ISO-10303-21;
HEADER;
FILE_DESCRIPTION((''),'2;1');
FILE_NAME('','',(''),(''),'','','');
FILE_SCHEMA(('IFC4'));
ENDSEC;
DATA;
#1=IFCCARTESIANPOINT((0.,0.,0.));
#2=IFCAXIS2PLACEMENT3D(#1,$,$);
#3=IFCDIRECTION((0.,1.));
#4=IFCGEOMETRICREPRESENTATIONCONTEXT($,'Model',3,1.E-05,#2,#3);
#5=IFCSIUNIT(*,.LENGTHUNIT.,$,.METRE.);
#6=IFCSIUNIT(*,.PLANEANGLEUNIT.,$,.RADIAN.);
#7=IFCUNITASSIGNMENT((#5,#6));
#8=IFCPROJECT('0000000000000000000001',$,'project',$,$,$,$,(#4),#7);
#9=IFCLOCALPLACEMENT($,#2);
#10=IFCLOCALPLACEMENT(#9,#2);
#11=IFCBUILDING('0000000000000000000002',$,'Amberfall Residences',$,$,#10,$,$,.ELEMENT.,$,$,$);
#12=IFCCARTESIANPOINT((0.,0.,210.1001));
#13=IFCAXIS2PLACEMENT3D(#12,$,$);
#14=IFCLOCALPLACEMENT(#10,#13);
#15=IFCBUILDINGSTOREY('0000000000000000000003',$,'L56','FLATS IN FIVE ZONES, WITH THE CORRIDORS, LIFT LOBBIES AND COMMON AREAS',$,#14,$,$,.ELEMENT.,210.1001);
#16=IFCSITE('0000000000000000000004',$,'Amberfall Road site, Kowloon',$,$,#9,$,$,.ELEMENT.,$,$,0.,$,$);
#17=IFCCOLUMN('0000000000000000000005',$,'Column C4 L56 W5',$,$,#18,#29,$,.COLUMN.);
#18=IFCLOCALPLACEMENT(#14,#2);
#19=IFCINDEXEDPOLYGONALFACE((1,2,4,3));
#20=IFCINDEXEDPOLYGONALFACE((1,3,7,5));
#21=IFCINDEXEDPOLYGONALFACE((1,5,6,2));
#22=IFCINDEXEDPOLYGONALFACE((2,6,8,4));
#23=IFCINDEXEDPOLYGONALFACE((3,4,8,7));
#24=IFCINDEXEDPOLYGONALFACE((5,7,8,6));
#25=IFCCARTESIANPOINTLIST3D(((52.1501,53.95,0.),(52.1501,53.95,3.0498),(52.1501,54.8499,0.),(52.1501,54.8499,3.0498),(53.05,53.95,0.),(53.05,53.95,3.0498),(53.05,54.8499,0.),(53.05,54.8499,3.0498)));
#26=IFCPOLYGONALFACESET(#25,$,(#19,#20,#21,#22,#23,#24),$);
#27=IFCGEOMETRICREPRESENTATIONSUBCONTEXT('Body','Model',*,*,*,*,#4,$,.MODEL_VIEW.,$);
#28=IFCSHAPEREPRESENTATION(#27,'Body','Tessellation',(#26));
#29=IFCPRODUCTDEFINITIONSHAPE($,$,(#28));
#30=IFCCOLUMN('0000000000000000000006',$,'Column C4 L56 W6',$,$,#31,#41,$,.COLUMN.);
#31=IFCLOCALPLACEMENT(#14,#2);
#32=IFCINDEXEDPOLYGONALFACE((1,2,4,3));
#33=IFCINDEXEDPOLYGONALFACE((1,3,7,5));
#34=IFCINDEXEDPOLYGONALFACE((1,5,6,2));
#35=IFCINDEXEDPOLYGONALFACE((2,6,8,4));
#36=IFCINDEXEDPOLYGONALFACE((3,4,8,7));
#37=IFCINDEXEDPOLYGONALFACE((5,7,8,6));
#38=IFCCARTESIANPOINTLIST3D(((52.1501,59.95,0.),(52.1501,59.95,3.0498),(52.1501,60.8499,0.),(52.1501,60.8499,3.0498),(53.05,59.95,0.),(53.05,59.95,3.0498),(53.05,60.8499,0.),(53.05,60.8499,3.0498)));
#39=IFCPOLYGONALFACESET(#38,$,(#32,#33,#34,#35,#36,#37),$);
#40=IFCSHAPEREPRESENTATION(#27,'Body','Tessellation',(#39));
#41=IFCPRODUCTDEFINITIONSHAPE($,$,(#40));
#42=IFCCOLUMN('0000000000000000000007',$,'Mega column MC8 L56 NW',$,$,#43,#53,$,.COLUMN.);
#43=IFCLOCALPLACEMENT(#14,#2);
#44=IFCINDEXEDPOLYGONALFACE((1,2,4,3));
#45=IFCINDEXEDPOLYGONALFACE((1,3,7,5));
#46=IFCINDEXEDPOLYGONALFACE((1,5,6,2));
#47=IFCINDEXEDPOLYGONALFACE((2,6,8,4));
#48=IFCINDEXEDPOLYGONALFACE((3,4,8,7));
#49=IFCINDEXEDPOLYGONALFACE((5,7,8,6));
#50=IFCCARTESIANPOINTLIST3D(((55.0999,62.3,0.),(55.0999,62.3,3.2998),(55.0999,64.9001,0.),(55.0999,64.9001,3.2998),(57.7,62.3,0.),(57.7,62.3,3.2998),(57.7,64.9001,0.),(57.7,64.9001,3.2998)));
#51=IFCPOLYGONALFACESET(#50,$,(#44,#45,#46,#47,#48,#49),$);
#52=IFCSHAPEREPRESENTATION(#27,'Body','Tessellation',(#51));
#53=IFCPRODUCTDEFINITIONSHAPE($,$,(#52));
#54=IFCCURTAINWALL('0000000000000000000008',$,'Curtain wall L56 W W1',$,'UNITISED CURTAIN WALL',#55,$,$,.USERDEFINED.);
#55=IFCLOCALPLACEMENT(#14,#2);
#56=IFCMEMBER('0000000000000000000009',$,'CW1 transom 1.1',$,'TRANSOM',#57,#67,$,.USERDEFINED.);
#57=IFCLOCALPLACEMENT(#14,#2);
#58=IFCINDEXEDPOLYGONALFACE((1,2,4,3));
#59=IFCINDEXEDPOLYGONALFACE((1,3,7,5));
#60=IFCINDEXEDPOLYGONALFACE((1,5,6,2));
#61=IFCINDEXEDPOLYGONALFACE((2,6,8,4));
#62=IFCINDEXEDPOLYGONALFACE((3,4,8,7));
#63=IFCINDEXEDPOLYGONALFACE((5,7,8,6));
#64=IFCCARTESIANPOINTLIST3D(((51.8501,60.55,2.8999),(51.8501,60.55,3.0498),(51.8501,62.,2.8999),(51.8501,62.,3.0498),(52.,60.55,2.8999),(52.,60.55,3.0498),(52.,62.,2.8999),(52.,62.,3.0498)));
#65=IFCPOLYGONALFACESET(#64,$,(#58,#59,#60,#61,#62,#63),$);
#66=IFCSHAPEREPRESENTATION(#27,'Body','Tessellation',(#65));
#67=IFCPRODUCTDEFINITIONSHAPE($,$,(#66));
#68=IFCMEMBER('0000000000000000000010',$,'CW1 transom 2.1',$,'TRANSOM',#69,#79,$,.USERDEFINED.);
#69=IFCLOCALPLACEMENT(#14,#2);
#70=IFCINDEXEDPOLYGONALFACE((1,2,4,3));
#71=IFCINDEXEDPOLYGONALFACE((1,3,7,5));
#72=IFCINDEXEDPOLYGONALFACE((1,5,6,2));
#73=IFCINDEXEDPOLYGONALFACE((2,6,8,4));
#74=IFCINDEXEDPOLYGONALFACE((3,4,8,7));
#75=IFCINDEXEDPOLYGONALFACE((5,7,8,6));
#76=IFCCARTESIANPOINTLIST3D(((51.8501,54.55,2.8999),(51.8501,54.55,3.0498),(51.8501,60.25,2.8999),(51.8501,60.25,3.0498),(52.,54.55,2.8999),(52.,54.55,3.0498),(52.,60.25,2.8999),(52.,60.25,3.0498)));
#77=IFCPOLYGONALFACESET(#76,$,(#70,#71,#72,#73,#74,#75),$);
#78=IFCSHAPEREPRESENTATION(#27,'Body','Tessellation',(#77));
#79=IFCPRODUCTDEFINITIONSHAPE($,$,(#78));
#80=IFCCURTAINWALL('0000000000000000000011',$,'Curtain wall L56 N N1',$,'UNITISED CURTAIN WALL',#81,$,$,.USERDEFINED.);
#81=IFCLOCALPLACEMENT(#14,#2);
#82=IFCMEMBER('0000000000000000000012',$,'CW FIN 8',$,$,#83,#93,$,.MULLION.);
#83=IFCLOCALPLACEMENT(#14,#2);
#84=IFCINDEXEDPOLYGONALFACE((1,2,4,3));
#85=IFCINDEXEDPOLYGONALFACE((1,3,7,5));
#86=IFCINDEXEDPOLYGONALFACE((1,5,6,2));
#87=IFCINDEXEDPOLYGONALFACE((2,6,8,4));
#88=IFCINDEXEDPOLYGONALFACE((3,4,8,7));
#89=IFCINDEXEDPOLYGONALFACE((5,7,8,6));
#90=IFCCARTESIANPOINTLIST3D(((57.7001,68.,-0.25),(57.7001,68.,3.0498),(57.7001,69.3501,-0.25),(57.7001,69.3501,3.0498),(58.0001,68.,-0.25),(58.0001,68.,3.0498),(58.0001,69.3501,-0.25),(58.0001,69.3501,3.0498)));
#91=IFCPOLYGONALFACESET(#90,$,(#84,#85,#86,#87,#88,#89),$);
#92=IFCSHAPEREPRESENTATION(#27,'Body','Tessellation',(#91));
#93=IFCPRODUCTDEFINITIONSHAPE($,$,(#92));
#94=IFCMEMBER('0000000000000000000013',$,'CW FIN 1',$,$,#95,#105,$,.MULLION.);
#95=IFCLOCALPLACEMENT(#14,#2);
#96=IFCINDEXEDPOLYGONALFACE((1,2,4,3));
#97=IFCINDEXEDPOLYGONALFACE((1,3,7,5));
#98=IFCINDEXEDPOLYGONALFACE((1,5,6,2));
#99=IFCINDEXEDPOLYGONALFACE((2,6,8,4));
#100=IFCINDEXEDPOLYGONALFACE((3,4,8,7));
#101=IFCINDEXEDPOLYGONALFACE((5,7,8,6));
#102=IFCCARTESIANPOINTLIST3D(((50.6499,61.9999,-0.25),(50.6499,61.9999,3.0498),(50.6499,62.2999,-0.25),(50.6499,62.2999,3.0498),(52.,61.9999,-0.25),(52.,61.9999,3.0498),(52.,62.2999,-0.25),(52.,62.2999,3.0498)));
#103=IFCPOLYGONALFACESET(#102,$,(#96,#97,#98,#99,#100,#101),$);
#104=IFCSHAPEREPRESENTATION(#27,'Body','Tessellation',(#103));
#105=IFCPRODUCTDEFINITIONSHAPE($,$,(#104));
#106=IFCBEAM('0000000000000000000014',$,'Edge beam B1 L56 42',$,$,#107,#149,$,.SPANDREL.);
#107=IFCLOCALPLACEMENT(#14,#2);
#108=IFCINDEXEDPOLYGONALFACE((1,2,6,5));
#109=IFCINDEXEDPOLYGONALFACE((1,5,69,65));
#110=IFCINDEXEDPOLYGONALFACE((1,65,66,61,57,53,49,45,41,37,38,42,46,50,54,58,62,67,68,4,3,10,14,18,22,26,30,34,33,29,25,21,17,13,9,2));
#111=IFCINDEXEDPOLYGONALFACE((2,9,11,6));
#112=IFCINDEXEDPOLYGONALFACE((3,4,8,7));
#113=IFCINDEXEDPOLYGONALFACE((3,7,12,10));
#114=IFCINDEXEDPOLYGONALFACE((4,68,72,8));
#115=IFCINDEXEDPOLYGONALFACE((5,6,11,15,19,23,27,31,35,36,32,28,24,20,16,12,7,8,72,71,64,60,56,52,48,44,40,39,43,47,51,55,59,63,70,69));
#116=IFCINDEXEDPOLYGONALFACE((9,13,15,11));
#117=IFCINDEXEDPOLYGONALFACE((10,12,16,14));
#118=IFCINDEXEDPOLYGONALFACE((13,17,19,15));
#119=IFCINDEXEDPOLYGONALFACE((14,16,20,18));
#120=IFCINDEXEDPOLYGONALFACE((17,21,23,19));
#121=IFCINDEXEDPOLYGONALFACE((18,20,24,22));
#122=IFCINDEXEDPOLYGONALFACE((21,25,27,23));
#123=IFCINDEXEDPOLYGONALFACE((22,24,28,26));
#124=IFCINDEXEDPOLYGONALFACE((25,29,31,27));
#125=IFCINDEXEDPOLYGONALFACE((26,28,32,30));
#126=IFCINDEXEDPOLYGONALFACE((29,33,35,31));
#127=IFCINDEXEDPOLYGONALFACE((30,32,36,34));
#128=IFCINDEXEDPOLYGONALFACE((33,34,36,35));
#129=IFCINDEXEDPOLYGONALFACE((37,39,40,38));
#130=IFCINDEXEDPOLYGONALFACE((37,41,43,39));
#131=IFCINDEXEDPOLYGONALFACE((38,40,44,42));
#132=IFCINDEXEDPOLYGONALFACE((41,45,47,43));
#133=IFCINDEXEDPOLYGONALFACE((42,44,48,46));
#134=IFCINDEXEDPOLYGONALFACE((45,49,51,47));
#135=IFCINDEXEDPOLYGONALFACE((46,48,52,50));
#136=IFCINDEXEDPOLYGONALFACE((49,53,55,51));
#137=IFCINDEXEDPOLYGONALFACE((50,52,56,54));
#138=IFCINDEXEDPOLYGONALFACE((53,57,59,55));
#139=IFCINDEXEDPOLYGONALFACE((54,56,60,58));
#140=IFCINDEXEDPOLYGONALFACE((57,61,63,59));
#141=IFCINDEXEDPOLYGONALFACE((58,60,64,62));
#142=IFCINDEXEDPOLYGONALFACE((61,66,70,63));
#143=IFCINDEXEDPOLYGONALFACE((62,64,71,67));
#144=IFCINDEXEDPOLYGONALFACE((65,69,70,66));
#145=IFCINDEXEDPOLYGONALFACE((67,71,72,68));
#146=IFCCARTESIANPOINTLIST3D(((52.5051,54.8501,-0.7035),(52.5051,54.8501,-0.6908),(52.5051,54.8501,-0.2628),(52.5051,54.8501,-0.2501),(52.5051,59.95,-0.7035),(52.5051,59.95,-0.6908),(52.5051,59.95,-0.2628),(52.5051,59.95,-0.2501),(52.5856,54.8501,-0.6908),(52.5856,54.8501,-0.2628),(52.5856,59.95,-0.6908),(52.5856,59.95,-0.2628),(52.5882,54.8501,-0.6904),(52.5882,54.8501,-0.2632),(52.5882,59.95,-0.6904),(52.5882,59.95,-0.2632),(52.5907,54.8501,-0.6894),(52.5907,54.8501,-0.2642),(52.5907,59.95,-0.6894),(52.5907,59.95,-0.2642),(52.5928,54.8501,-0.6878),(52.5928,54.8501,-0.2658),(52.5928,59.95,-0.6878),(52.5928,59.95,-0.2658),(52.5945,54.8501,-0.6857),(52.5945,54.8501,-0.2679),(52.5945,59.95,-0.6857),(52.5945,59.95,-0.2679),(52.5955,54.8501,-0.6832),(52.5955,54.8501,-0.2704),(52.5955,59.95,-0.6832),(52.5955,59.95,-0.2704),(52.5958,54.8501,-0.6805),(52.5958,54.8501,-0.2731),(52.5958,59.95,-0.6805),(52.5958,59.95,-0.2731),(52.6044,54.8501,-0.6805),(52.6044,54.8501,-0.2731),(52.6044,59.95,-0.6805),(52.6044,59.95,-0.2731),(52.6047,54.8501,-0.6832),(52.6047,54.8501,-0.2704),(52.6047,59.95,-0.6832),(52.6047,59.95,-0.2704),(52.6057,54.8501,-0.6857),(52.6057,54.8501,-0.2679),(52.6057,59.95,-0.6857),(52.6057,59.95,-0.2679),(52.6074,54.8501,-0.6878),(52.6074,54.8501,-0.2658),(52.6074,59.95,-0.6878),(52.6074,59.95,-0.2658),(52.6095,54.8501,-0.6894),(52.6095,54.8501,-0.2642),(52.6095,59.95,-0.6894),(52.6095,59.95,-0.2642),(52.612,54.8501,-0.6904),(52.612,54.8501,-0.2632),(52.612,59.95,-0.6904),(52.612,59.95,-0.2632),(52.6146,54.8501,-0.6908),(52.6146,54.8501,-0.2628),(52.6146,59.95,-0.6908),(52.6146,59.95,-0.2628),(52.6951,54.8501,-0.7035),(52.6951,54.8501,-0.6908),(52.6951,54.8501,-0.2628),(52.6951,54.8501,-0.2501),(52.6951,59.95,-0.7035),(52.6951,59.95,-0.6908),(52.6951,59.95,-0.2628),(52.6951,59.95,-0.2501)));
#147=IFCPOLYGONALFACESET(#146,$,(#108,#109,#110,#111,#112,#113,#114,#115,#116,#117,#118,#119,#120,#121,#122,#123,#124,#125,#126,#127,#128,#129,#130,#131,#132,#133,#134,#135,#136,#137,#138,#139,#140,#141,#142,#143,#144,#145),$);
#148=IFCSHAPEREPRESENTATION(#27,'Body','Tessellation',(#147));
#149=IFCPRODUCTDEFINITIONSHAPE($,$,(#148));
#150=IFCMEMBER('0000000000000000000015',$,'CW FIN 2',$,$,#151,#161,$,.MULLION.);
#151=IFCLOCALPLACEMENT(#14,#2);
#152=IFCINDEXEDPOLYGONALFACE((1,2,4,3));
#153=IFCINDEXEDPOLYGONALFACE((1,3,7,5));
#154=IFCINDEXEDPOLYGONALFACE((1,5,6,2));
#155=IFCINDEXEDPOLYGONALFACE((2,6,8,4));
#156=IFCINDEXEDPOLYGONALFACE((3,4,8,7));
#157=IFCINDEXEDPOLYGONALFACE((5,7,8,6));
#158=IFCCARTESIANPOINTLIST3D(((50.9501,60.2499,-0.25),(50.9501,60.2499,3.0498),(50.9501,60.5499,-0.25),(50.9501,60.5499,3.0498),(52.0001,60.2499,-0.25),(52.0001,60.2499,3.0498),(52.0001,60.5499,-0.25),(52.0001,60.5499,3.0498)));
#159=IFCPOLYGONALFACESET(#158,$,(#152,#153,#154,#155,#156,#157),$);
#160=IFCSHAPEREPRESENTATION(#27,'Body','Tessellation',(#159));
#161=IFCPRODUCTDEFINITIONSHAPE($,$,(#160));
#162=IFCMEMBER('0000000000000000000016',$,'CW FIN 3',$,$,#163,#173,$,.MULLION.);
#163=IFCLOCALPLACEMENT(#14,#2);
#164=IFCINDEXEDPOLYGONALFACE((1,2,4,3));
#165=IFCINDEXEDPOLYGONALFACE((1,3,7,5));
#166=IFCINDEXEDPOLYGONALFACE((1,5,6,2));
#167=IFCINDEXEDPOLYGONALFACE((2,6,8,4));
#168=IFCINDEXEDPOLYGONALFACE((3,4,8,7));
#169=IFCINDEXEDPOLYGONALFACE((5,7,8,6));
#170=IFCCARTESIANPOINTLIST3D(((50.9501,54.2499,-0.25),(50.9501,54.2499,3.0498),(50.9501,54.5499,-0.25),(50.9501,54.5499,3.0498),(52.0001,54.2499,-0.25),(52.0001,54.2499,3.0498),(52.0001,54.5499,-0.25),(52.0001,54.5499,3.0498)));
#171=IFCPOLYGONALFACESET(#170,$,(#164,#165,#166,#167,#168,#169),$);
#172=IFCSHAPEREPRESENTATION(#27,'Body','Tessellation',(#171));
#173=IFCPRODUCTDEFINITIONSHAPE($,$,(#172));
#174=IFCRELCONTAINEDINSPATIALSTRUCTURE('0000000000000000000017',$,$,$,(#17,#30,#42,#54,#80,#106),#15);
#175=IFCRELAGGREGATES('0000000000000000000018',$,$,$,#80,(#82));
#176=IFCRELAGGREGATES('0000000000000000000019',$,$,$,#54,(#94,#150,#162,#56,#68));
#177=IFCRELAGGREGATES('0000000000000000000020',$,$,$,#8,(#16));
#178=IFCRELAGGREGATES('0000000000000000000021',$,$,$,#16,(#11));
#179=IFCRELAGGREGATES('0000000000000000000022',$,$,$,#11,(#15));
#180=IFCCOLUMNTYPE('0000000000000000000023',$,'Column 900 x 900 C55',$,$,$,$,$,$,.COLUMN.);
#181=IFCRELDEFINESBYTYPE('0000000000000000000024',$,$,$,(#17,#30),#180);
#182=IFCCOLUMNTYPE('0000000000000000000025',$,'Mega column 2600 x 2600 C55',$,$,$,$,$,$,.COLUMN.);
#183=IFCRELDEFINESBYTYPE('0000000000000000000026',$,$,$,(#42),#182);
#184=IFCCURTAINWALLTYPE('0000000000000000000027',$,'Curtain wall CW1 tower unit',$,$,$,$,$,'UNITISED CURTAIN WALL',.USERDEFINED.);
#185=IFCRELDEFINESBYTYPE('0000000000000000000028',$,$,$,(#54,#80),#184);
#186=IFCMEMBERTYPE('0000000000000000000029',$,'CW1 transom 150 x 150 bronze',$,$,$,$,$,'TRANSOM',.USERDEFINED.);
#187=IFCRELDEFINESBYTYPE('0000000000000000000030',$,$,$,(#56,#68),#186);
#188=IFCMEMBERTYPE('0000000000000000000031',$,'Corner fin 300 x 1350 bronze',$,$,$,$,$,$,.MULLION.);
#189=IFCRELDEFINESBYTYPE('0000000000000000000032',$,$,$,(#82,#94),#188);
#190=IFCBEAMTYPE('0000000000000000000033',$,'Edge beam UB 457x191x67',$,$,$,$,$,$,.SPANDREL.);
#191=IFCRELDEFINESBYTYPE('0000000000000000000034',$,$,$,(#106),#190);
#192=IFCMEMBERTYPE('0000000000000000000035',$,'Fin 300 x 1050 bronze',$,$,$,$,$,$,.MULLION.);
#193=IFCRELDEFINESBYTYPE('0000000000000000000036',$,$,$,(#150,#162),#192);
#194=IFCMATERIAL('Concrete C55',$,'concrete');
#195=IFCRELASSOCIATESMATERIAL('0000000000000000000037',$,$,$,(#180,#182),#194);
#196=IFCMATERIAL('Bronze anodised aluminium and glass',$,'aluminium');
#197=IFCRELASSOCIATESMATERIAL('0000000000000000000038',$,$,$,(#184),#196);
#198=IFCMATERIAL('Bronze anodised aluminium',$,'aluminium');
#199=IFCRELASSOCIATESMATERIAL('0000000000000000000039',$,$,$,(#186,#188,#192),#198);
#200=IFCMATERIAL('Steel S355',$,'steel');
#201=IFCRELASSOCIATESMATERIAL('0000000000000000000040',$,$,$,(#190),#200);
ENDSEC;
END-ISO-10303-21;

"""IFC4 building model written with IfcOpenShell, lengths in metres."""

from ifc_helpers import new_model, si_unit, direction, frame, origin, origin_2d, place, context, subcontext, project, spatial, rectangle, i_section, extrude, material, material_profile, profile_set, type_object, element, aggregate, save


model = new_model("IFC4")

# Units and contexts
model_context = context("Model", 3, precision=1e-05, world=origin(), true_north=direction((0.0, 1.0)))
body_context = subcontext(model_context, "Body", "Model", "MODEL_VIEW")
ifc_project = project(units=[si_unit("LENGTHUNIT", "METRE"), si_unit("PLANEANGLEUNIT", "RADIAN")], contexts=[model_context])

# Site, building, storey
site_placement = place(None, origin())
site = spatial("IfcSite", under=ifc_project, at=site_placement, Name="Amberfall Road site, Kowloon", CompositionType="ELEMENT", RefElevation=0.0)
building_placement = place(site_placement, origin())
building = spatial("IfcBuilding", under=site, at=building_placement, Name="Amberfall Residences", CompositionType="ELEMENT")
storey_placement = place(building_placement, frame((0.0, 0.0, 210.1001)))
storey = spatial("IfcBuildingStorey", under=building, at=storey_placement, Name="L56", Description="FLATS IN FIVE ZONES, WITH THE CORRIDORS, LIFT LOBBIES AND COMMON AREAS", CompositionType="ELEMENT", Elevation=210.1001)

# Columns
ifc_material_1 = material(Name="Concrete C55", Category="concrete")
ifc_material_profile_1 = material_profile(ifc_material_1, rectangle(XDim=0.8999, YDim=0.8999, at=origin_2d()), Name="Column 900 x 900 C55")
ifc_profile_set_1 = profile_set([ifc_material_profile_1], Name="Concrete C55")
column_type_1 = type_object("IfcColumnType", Name="Column 900 x 900 C55", PredefinedType="COLUMN", material=ifc_profile_set_1)
for number, where, z_axis, x_axis, name in (
    (1, (52.6001, 54.3999, 0.0), (0.0, 0.0, 1.0), (1.0, 0.0, 0.0), "Column C4 L56 W5"),
    (2, (52.6001, 60.3999, 0.0), (0.0, 0.0, 1.0), (1.0, 0.0, 0.0), "Column C4 L56 W6"),
):
    element("IfcColumn", number, at=place(storey_placement, frame(where, z_axis=z_axis, x_axis=x_axis)), inside=storey, type_object=column_type_1, Name=name, PredefinedType="COLUMN", context=body_context, shape_type="SweptSolid", body=[
        extrude(rectangle(XDim=0.8999, YDim=0.8999, at=origin_2d()), origin(), (0.0, 0.0, 1.0), 3.0498),
    ])
ifc_material_profile_2 = material_profile(ifc_material_1, rectangle(XDim=2.6001, YDim=2.6001, at=origin_2d()), Name="Mega column 2600 x 2600 C55")
ifc_profile_set_2 = profile_set([ifc_material_profile_2], Name="Concrete C55")
column_type_2 = type_object("IfcColumnType", Name="Mega column 2600 x 2600 C55", PredefinedType="COLUMN", material=ifc_profile_set_2)
column_placement = place(storey_placement, frame((56.3999, 63.6001, 0.0), z_axis=(0.0, 0.0, 1.0), x_axis=(1.0, 0.0, 0.0)))
element("IfcColumn", 3, at=column_placement, inside=storey, type_object=column_type_2, Name="Mega column MC8 L56 NW", PredefinedType="COLUMN", context=body_context, shape_type="SweptSolid", body=[
    extrude(rectangle(XDim=2.6001, YDim=2.6001, at=origin_2d()), origin(), (0.0, 0.0, 1.0), 3.2998),
])

# Curtain wall, members
ifc_material_2 = material(Name="Bronze anodised aluminium and glass", Category="aluminium")
curtain_wall_type = type_object("IfcCurtainWallType", Name="Curtain wall CW1 tower unit", ElementType="UNITISED CURTAIN WALL", PredefinedType="USERDEFINED", material=ifc_material_2)
curtain_wall_1_placement = place(storey_placement, origin())
curtain_wall_1 = element("IfcCurtainWall", 4, at=curtain_wall_1_placement, inside=storey, type_object=curtain_wall_type, Name="Curtain wall L56 W W1", ObjectType="UNITISED CURTAIN WALL", PredefinedType="USERDEFINED")
ifc_material_3 = material(Name="Bronze anodised aluminium", Category="aluminium")
ifc_material_profile_3 = material_profile(ifc_material_3, rectangle(XDim=0.1499, YDim=0.1499, at=origin_2d()), Name="CW1 transom 150 x 150 bronze")
ifc_profile_set_3 = profile_set([ifc_material_profile_3], Name="Bronze anodised aluminium")
member_type_1 = type_object("IfcMemberType", Name="CW1 transom 150 x 150 bronze", ElementType="TRANSOM", PredefinedType="USERDEFINED", material=ifc_profile_set_3)
member_1_placement = place(storey_placement, frame((51.925, 62.0, 2.9749), z_axis=(0.0, -1.0, 0.0), x_axis=(1.0, 0.0, 0.0)))
member_1 = element("IfcMember", 5, at=member_1_placement, type_object=member_type_1, Name="CW1 transom 1.1", ObjectType="TRANSOM", PredefinedType="USERDEFINED", context=body_context, shape_type="SweptSolid", body=[
    extrude(rectangle(XDim=0.1499, YDim=0.1499, at=origin_2d()), origin(), (0.0, 0.0, 1.0), 1.45),
])
member_2_placement = place(storey_placement, frame((51.925, 60.25, 2.9749), z_axis=(0.0, -1.0, 0.0), x_axis=(1.0, 0.0, 0.0)))
member_2 = element("IfcMember", 6, at=member_2_placement, type_object=member_type_1, Name="CW1 transom 2.1", ObjectType="TRANSOM", PredefinedType="USERDEFINED", context=body_context, shape_type="SweptSolid", body=[
    extrude(rectangle(XDim=0.1499, YDim=0.1499, at=origin_2d()), origin(), (0.0, 0.0, 1.0), 5.7),
])

# Curtain wall, member
curtain_wall_2_placement = place(storey_placement, origin())
curtain_wall_2 = element("IfcCurtainWall", 7, at=curtain_wall_2_placement, inside=storey, type_object=curtain_wall_type, Name="Curtain wall L56 N N1", ObjectType="UNITISED CURTAIN WALL", PredefinedType="USERDEFINED")
ifc_material_profile_4 = material_profile(ifc_material_3, rectangle(XDim=1.3501, YDim=0.3, at=origin_2d()), Name="Corner fin 300 x 1350 bronze")
ifc_profile_set_4 = profile_set([ifc_material_profile_4], Name="Bronze anodised aluminium")
member_type_2 = type_object("IfcMemberType", Name="Corner fin 300 x 1350 bronze", PredefinedType="MULLION", material=ifc_profile_set_4)
member_3_placement = place(storey_placement, frame((57.8501, 68.675, -0.25), z_axis=(0.0, 0.0, 1.0), x_axis=(0.0, -1.0, 0.0)))
member_3 = element("IfcMember", 8, at=member_3_placement, type_object=member_type_2, Name="CW FIN 8", PredefinedType="MULLION", context=body_context, shape_type="SweptSolid", body=[
    extrude(rectangle(XDim=1.3501, YDim=0.3, at=origin_2d()), origin(), (0.0, 0.0, 1.0), 3.2998),
])
aggregate(curtain_wall_2, [member_3])

# Member
member_4_placement = place(storey_placement, frame((51.325, 62.1499, -0.25), z_axis=(0.0, 0.0, 1.0), x_axis=(1.0, 0.0, 0.0)))
member_4 = element("IfcMember", 9, at=member_4_placement, type_object=member_type_2, Name="CW FIN 1", PredefinedType="MULLION", context=body_context, shape_type="SweptSolid", body=[
    extrude(rectangle(XDim=1.3501, YDim=0.3, at=origin_2d()), origin(), (0.0, 0.0, 1.0), 3.2998),
])

# Beam
ifc_material_4 = material(Name="Steel S355", Category="steel")
ifc_material_profile_5 = material_profile(ifc_material_4, i_section(OverallWidth=0.1899, OverallDepth=0.4534, WebThickness=0.0085, FlangeThickness=0.0127, FilletRadius=0.0103, at=origin_2d()), Name="UB 457x191x67")
ifc_profile_set_5 = profile_set([ifc_material_profile_5], Name="Steel S355")
beam_type_1 = type_object("IfcBeamType", Name="Edge beam UB 457x191x67", PredefinedType="SPANDREL", material=ifc_profile_set_5)
beam_1_placement = place(storey_placement, frame((52.6001, 54.8501, -0.4768), z_axis=(0.0, 1.0, 0.0), x_axis=(-1.0, 0.0, 0.0)))
element("IfcBeam", 10, at=beam_1_placement, inside=storey, type_object=beam_type_1, Name="Edge beam B1 L56 42", PredefinedType="SPANDREL", context=body_context, shape_type="SweptSolid", body=[
    extrude(i_section(OverallWidth=0.1899, OverallDepth=0.4534, WebThickness=0.0085, FlangeThickness=0.0127, FilletRadius=0.0103, at=origin_2d()), origin(), (0.0, 0.0, 1.0), 5.0999),
])

# Members
ifc_material_profile_6 = material_profile(ifc_material_3, rectangle(XDim=1.05, YDim=0.3, at=origin_2d()), Name="Fin 300 x 1050 bronze")
ifc_profile_set_6 = profile_set([ifc_material_profile_6], Name="Bronze anodised aluminium")
member_type_3 = type_object("IfcMemberType", Name="Fin 300 x 1050 bronze", PredefinedType="MULLION", material=ifc_profile_set_6)
member_5_placement = place(storey_placement, frame((51.4751, 60.3999, -0.25), z_axis=(0.0, 0.0, 1.0), x_axis=(1.0, 0.0, 0.0)))
member_5 = element("IfcMember", 11, at=member_5_placement, type_object=member_type_3, Name="CW FIN 2", PredefinedType="MULLION", context=body_context, shape_type="SweptSolid", body=[
    extrude(rectangle(XDim=1.05, YDim=0.3, at=origin_2d()), origin(), (0.0, 0.0, 1.0), 3.2998),
])
member_6_placement = place(storey_placement, frame((51.4751, 54.3999, -0.25), z_axis=(0.0, 0.0, 1.0), x_axis=(1.0, 0.0, 0.0)))
member_6 = element("IfcMember", 12, at=member_6_placement, type_object=member_type_3, Name="CW FIN 3", PredefinedType="MULLION", context=body_context, shape_type="SweptSolid", body=[
    extrude(rectangle(XDim=1.05, YDim=0.3, at=origin_2d()), origin(), (0.0, 0.0, 1.0), 3.2998),
])

aggregate(curtain_wall_1, [member_4, member_5, member_6, member_1, member_2])

save(model, "model.ifc")
